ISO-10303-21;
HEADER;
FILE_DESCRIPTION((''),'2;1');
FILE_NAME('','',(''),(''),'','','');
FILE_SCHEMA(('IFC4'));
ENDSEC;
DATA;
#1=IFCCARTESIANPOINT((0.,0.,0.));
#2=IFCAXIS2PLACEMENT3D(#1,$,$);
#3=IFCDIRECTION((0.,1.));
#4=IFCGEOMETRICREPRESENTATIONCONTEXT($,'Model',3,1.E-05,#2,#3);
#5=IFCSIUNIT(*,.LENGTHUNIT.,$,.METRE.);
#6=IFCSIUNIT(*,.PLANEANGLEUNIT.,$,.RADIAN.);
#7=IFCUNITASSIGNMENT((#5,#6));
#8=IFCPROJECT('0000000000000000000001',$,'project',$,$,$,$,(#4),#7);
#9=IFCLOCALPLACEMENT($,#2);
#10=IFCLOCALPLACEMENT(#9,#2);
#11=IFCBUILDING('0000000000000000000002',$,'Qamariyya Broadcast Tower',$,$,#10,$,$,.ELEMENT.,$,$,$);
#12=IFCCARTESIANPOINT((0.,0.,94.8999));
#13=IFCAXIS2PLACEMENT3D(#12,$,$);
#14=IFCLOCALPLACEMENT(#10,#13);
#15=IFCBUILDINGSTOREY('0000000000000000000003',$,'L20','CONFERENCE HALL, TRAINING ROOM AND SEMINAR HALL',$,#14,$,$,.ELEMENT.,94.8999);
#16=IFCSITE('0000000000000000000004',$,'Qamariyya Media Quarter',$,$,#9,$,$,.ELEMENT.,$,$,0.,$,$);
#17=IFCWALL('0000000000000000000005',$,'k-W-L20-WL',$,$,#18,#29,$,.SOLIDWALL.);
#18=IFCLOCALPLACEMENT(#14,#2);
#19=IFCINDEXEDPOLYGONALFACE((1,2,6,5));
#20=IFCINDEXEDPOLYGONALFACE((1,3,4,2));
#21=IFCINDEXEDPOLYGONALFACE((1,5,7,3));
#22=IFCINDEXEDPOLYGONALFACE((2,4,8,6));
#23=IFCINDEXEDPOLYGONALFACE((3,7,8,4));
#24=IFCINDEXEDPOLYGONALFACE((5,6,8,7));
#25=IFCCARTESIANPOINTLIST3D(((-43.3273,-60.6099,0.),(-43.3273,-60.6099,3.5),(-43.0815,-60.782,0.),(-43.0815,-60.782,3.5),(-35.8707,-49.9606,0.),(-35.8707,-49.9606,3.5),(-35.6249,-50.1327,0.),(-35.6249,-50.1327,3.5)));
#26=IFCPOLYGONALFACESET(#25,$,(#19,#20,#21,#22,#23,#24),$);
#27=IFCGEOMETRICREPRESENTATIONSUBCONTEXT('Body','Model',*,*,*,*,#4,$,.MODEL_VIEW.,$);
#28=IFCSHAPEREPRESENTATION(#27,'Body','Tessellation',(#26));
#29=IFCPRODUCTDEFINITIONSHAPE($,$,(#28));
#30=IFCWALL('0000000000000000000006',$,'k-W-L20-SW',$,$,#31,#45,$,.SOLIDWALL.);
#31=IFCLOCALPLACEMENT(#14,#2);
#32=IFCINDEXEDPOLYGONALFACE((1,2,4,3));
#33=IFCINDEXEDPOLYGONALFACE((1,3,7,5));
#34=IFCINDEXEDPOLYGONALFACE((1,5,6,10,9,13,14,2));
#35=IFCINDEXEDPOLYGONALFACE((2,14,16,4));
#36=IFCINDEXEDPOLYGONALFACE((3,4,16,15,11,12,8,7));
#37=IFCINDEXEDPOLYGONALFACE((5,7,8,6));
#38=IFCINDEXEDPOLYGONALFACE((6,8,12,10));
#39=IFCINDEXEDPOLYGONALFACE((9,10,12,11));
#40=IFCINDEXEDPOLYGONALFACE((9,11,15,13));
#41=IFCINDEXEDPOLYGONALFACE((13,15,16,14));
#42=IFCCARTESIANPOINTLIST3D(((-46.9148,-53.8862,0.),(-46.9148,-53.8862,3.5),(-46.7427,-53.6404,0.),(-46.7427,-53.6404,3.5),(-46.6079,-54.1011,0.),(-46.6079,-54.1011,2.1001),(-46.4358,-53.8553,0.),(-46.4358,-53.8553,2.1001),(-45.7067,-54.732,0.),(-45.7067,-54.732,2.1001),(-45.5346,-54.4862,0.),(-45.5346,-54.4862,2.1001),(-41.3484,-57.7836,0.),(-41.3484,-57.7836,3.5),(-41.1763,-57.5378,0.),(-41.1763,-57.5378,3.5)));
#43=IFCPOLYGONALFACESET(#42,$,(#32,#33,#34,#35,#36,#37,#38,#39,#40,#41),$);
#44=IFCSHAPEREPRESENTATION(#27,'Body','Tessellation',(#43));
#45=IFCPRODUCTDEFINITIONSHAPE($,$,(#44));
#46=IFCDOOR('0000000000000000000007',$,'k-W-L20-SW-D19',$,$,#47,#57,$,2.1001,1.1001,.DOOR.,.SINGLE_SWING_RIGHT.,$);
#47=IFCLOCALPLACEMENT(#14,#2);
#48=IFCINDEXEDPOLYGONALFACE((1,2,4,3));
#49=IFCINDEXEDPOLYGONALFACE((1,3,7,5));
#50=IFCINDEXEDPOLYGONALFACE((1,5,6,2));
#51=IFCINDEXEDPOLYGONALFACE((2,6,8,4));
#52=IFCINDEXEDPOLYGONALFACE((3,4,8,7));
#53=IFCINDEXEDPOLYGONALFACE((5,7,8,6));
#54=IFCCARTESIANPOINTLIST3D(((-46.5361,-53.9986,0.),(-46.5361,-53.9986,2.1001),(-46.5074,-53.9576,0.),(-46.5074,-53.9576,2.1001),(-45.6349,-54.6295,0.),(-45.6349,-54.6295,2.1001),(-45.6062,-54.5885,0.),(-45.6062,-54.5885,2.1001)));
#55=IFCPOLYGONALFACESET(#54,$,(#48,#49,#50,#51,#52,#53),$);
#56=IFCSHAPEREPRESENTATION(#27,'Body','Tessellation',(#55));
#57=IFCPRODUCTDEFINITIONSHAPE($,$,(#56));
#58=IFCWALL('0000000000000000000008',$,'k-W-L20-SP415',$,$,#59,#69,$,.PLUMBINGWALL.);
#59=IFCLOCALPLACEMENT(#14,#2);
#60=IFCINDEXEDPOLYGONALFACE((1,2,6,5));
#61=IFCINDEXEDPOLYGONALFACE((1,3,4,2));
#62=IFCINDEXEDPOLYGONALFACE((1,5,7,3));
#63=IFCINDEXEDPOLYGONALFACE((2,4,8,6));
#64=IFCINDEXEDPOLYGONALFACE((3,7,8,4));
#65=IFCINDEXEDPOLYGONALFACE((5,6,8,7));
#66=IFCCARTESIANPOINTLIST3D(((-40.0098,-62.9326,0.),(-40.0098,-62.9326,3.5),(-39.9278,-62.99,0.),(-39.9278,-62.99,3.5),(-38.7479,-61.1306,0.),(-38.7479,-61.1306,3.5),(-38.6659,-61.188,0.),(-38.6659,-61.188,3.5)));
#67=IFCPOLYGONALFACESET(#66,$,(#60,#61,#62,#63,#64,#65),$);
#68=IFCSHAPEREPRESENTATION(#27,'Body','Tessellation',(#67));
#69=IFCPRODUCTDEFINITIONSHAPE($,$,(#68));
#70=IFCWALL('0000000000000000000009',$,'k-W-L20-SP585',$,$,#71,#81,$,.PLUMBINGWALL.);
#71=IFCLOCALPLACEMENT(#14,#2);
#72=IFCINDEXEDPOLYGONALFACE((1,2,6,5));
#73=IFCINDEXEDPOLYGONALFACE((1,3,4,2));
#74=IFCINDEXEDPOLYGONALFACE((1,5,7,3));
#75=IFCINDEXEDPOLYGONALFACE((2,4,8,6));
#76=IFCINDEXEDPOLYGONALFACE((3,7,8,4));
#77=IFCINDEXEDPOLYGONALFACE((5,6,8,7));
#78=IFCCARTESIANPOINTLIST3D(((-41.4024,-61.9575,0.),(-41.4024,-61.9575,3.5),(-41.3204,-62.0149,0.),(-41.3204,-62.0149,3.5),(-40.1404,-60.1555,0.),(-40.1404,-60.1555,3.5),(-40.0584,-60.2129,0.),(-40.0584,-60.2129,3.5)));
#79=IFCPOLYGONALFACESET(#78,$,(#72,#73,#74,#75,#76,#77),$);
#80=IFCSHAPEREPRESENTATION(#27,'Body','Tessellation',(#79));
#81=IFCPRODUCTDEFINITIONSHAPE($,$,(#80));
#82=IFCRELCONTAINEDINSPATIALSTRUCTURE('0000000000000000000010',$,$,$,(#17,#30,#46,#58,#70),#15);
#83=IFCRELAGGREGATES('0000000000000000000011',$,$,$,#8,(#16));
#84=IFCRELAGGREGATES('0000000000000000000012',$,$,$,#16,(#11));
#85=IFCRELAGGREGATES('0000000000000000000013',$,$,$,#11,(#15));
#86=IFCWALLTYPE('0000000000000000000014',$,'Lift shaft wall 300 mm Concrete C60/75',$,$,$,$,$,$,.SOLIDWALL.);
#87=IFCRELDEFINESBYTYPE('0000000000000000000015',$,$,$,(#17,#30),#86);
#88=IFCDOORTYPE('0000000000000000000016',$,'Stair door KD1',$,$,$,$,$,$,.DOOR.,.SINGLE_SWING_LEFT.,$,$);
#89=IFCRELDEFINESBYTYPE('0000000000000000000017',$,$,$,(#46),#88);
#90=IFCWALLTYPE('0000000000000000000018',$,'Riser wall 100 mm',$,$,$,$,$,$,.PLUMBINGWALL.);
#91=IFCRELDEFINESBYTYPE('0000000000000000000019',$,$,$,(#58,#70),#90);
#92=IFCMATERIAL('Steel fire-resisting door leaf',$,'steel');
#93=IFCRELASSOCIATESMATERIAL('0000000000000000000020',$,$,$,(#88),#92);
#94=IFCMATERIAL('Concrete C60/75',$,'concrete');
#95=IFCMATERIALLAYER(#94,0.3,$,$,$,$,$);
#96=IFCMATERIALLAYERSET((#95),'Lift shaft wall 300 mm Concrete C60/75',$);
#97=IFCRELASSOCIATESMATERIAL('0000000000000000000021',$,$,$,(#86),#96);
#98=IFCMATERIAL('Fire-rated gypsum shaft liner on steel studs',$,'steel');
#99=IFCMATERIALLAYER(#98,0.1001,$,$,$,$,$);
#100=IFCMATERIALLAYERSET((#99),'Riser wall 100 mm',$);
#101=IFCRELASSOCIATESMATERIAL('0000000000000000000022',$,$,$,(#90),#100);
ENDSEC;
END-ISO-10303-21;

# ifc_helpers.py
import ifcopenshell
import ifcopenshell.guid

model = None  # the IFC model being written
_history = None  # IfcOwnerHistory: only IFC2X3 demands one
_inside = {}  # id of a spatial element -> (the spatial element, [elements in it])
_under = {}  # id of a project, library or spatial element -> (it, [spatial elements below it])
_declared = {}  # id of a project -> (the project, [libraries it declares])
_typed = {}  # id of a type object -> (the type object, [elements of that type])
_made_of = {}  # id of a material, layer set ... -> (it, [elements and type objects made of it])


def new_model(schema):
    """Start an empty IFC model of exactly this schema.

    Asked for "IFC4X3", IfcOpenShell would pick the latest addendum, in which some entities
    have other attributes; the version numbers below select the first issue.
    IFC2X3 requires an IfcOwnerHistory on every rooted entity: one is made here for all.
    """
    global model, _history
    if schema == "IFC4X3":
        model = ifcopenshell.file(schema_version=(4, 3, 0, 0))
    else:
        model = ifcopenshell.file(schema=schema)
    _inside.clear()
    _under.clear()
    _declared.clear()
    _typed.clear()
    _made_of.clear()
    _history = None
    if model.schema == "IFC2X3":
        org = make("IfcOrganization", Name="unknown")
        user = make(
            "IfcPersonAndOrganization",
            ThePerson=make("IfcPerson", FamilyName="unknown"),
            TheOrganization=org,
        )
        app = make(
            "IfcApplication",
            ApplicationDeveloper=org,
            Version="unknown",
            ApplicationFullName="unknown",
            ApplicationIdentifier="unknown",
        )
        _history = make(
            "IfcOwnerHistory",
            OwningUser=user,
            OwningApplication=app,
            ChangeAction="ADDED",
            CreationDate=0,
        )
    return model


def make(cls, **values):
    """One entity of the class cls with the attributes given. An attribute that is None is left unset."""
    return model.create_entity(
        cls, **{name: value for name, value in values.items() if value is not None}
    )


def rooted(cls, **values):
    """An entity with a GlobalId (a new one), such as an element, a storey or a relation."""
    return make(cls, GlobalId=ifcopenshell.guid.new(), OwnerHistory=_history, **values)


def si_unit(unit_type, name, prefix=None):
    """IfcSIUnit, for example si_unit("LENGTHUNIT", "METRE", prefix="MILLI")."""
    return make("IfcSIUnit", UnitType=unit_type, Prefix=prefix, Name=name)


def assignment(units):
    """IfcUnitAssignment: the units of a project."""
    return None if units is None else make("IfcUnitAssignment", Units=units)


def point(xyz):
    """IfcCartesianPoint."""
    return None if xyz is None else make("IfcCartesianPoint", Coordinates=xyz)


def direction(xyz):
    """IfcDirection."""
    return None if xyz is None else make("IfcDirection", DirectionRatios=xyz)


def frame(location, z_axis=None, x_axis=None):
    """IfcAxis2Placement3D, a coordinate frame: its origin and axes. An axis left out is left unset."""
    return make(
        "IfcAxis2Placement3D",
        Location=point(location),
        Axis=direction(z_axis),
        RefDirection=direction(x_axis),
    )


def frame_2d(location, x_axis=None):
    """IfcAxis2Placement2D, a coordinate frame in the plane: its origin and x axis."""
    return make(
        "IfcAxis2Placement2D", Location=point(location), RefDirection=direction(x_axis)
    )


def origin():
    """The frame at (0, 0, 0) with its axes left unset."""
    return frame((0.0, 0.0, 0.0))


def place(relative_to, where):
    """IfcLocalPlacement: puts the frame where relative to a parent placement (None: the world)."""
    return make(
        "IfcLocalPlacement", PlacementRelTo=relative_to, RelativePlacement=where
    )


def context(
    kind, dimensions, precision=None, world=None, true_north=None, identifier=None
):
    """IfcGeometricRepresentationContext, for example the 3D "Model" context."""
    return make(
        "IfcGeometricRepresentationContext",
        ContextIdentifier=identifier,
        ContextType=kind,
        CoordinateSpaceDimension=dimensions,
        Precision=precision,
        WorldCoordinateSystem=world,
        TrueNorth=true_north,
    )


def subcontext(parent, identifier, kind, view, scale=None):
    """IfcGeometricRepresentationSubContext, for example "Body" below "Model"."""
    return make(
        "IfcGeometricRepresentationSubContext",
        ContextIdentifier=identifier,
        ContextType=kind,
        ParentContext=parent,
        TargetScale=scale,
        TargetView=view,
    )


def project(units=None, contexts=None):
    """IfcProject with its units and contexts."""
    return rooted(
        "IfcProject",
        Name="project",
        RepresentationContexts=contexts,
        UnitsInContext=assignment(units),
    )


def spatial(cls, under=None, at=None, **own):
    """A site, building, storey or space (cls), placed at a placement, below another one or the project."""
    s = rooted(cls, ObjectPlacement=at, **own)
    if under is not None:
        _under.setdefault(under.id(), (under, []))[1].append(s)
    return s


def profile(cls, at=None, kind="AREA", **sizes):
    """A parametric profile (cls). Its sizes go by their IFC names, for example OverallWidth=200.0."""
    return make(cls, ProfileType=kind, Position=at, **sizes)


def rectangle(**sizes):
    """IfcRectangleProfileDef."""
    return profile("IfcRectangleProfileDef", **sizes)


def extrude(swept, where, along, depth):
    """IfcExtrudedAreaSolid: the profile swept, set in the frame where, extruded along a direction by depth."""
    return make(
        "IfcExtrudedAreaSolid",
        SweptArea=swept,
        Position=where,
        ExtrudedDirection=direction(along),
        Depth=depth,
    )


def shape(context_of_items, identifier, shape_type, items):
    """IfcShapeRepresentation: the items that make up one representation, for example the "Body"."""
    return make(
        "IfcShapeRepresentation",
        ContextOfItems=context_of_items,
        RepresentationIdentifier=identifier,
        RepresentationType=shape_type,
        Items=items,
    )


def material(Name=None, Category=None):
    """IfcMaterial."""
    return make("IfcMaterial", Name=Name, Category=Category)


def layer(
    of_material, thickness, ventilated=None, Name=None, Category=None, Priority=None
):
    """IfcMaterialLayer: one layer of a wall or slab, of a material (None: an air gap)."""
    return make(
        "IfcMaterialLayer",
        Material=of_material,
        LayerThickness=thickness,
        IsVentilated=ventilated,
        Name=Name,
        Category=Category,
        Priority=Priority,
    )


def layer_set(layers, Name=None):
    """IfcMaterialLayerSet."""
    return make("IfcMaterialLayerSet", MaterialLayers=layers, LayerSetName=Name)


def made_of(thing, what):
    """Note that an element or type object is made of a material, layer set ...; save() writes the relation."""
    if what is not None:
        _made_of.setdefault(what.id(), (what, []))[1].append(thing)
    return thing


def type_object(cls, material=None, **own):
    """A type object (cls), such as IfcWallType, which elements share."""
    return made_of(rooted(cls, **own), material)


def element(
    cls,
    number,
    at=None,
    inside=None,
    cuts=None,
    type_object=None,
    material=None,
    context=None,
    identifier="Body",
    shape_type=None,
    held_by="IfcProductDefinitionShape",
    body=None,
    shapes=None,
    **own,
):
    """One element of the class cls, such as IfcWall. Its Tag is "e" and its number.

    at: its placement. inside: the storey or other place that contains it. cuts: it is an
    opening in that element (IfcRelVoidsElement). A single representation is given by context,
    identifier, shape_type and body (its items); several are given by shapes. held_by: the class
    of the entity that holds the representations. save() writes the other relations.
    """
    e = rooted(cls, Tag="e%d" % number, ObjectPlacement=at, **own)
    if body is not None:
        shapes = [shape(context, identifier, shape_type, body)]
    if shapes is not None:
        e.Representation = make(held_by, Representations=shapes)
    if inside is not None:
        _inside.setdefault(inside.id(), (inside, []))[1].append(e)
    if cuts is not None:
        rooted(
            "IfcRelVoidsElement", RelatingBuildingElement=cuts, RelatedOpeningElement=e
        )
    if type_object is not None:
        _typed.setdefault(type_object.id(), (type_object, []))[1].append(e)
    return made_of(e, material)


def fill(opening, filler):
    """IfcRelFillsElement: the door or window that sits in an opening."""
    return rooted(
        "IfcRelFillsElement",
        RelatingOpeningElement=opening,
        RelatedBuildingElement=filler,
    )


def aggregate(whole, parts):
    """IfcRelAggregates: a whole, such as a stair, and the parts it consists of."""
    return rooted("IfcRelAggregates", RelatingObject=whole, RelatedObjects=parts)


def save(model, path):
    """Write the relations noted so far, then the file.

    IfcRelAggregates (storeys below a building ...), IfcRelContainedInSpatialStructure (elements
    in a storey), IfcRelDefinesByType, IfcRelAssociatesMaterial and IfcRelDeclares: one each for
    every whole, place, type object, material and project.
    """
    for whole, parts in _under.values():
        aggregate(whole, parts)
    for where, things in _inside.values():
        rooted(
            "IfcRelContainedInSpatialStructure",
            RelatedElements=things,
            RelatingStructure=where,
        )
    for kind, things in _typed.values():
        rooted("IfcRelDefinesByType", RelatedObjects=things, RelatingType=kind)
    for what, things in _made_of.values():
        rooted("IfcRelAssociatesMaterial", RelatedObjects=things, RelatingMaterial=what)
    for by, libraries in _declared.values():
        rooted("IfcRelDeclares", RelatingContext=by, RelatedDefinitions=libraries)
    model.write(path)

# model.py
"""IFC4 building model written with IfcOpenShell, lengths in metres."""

from ifc_helpers import new_model, si_unit, direction, frame, frame_2d, origin, place, context, subcontext, project, spatial, rectangle, extrude, material, layer, layer_set, type_object, element, fill, save


model = new_model("IFC4")

# Units and contexts
model_context = context("Model", 3, precision=1e-05, world=origin(), true_north=direction((0.0, 1.0)))
body_context = subcontext(model_context, "Body", "Model", "MODEL_VIEW")
ifc_project = project(units=[si_unit("LENGTHUNIT", "METRE"), si_unit("PLANEANGLEUNIT", "RADIAN")], contexts=[model_context])

# Site, building, storey
site_placement = place(None, origin())
site = spatial("IfcSite", under=ifc_project, at=site_placement, Name="Qamariyya Media Quarter", CompositionType="ELEMENT", RefElevation=0.0)
building_placement = place(site_placement, origin())
building = spatial("IfcBuilding", under=site, at=building_placement, Name="Qamariyya Broadcast Tower", CompositionType="ELEMENT")
storey_placement = place(building_placement, frame((0.0, 0.0, 94.8999)))
storey = spatial("IfcBuildingStorey", under=building, at=storey_placement, Name="L20", Description="CONFERENCE HALL, TRAINING ROOM AND SEMINAR HALL", CompositionType="ELEMENT", Elevation=94.8999)

# Shared definitions
ifc_material_1 = material(Name="Steel fire-resisting door leaf", Category="steel")

# Shared definitions
door_type_1 = type_object("IfcDoorType", Name="Stair door KD1", OperationType="SINGLE_SWING_LEFT", PredefinedType="DOOR", material=ifc_material_1)

# Wall
ifc_material_2 = material(Name="Concrete C60/75", Category="concrete")
ifc_layer_1 = layer(ifc_material_2, 0.3)
ifc_layer_set_1 = layer_set([ifc_layer_1], Name="Lift shaft wall 300 mm Concrete C60/75")
wall_type_1 = type_object("IfcWallType", Name="Lift shaft wall 300 mm Concrete C60/75", PredefinedType="SOLIDWALL", material=ifc_layer_set_1)
wall_1_placement = place(storey_placement, frame((-43.2043, -60.6958, 0.0), z_axis=(0.0, 0.0, 1.0), x_axis=(0.573572, 0.819155, 0.0)))
element("IfcWall", 1, at=wall_1_placement, inside=storey, type_object=wall_type_1, Name="k-W-L20-WL", PredefinedType="SOLIDWALL", context=body_context, shape_type="SweptSolid", body=[
    extrude(rectangle(XDim=13.0002, YDim=0.3, at=frame_2d((6.5, 0.0))), origin(), (0.0, 0.0, 1.0), 3.5),
])

# Wall, opening, door
wall_2_placement = place(storey_placement, frame((-41.2625, -57.6606, 0.0), z_axis=(0.0, 0.0, 1.0), x_axis=(-0.819164, 0.573559, 0.0)))
wall_2 = element("IfcWall", 2, at=wall_2_placement, inside=storey, type_object=wall_type_1, Name="k-W-L20-SW", PredefinedType="SOLIDWALL", context=body_context, shape_type="SweptSolid", body=[
    extrude(rectangle(XDim=6.7952, YDim=0.3, at=frame_2d((3.3975, 0.0))), origin(), (0.0, 0.0, 1.0), 3.5),
])
opening_1_placement = place(wall_2_placement, frame((5.3203, 0.0, 0.0)))
opening_1 = element("IfcOpeningElement", 3, at=opening_1_placement, cuts=wall_2, PredefinedType="OPENING", context=body_context, shape_type="SweptSolid", body=[
    extrude(rectangle(XDim=1.1001, YDim=2.1001, at=frame_2d((0.55, 1.05))), frame((0.0, 0.1599, 0.0), z_axis=(0.0, -1.0, 0.0), x_axis=(1.0, 0.0, 0.0)), (0.0, 0.0, 1.0), 0.3201),
])
door_1_placement = place(opening_1_placement, origin())
door_1 = element("IfcDoor", 4, at=door_1_placement, inside=storey, type_object=door_type_1, Name="k-W-L20-SW-D19", OperationType="SINGLE_SWING_RIGHT", OverallHeight=2.1001, OverallWidth=1.1001, PredefinedType="DOOR", context=body_context, shape_type="SweptSolid", body=[
    extrude(rectangle(XDim=1.1001, YDim=2.1001, at=frame_2d((0.55, 1.05))), frame((0.0, 0.0249, 0.0), z_axis=(0.0, -1.0, 0.0), x_axis=(1.0, 0.0, 0.0)), (0.0, 0.0, 1.0), 0.05),
])
fill(opening_1, door_1)

# Walls
ifc_material_3 = material(Name="Fire-rated gypsum shaft liner on steel studs", Category="steel")
ifc_layer_2 = layer(ifc_material_3, 0.1001)
ifc_layer_set_2 = layer_set([ifc_layer_2], Name="Riser wall 100 mm")
wall_type_2 = type_object("IfcWallType", Name="Riser wall 100 mm", PredefinedType="PLUMBINGWALL", material=ifc_layer_set_2)
for number, where, z_axis, x_axis, name in (
    (5, (-38.7068, -61.1592, 0.0), (0.0, 0.0, 1.0), (-0.573634, -0.819112, 0.0), "k-W-L20-SP415"),
    (6, (-40.0994, -60.1841, 0.0), (0.0, 0.0, 1.0), (-0.573634, -0.819112, 0.0), "k-W-L20-SP585"),
):
    element("IfcWall", number, at=place(storey_placement, frame(where, z_axis=z_axis, x_axis=x_axis)), inside=storey, type_object=wall_type_2, Name=name, PredefinedType="PLUMBINGWALL", context=body_context, shape_type="SweptSolid", body=[
        extrude(rectangle(XDim=2.2, YDim=0.1001, at=frame_2d((1.1001, 0.0))), origin(), (0.0, 0.0, 1.0), 3.5),
    ])

save(model, "model.ifc")
